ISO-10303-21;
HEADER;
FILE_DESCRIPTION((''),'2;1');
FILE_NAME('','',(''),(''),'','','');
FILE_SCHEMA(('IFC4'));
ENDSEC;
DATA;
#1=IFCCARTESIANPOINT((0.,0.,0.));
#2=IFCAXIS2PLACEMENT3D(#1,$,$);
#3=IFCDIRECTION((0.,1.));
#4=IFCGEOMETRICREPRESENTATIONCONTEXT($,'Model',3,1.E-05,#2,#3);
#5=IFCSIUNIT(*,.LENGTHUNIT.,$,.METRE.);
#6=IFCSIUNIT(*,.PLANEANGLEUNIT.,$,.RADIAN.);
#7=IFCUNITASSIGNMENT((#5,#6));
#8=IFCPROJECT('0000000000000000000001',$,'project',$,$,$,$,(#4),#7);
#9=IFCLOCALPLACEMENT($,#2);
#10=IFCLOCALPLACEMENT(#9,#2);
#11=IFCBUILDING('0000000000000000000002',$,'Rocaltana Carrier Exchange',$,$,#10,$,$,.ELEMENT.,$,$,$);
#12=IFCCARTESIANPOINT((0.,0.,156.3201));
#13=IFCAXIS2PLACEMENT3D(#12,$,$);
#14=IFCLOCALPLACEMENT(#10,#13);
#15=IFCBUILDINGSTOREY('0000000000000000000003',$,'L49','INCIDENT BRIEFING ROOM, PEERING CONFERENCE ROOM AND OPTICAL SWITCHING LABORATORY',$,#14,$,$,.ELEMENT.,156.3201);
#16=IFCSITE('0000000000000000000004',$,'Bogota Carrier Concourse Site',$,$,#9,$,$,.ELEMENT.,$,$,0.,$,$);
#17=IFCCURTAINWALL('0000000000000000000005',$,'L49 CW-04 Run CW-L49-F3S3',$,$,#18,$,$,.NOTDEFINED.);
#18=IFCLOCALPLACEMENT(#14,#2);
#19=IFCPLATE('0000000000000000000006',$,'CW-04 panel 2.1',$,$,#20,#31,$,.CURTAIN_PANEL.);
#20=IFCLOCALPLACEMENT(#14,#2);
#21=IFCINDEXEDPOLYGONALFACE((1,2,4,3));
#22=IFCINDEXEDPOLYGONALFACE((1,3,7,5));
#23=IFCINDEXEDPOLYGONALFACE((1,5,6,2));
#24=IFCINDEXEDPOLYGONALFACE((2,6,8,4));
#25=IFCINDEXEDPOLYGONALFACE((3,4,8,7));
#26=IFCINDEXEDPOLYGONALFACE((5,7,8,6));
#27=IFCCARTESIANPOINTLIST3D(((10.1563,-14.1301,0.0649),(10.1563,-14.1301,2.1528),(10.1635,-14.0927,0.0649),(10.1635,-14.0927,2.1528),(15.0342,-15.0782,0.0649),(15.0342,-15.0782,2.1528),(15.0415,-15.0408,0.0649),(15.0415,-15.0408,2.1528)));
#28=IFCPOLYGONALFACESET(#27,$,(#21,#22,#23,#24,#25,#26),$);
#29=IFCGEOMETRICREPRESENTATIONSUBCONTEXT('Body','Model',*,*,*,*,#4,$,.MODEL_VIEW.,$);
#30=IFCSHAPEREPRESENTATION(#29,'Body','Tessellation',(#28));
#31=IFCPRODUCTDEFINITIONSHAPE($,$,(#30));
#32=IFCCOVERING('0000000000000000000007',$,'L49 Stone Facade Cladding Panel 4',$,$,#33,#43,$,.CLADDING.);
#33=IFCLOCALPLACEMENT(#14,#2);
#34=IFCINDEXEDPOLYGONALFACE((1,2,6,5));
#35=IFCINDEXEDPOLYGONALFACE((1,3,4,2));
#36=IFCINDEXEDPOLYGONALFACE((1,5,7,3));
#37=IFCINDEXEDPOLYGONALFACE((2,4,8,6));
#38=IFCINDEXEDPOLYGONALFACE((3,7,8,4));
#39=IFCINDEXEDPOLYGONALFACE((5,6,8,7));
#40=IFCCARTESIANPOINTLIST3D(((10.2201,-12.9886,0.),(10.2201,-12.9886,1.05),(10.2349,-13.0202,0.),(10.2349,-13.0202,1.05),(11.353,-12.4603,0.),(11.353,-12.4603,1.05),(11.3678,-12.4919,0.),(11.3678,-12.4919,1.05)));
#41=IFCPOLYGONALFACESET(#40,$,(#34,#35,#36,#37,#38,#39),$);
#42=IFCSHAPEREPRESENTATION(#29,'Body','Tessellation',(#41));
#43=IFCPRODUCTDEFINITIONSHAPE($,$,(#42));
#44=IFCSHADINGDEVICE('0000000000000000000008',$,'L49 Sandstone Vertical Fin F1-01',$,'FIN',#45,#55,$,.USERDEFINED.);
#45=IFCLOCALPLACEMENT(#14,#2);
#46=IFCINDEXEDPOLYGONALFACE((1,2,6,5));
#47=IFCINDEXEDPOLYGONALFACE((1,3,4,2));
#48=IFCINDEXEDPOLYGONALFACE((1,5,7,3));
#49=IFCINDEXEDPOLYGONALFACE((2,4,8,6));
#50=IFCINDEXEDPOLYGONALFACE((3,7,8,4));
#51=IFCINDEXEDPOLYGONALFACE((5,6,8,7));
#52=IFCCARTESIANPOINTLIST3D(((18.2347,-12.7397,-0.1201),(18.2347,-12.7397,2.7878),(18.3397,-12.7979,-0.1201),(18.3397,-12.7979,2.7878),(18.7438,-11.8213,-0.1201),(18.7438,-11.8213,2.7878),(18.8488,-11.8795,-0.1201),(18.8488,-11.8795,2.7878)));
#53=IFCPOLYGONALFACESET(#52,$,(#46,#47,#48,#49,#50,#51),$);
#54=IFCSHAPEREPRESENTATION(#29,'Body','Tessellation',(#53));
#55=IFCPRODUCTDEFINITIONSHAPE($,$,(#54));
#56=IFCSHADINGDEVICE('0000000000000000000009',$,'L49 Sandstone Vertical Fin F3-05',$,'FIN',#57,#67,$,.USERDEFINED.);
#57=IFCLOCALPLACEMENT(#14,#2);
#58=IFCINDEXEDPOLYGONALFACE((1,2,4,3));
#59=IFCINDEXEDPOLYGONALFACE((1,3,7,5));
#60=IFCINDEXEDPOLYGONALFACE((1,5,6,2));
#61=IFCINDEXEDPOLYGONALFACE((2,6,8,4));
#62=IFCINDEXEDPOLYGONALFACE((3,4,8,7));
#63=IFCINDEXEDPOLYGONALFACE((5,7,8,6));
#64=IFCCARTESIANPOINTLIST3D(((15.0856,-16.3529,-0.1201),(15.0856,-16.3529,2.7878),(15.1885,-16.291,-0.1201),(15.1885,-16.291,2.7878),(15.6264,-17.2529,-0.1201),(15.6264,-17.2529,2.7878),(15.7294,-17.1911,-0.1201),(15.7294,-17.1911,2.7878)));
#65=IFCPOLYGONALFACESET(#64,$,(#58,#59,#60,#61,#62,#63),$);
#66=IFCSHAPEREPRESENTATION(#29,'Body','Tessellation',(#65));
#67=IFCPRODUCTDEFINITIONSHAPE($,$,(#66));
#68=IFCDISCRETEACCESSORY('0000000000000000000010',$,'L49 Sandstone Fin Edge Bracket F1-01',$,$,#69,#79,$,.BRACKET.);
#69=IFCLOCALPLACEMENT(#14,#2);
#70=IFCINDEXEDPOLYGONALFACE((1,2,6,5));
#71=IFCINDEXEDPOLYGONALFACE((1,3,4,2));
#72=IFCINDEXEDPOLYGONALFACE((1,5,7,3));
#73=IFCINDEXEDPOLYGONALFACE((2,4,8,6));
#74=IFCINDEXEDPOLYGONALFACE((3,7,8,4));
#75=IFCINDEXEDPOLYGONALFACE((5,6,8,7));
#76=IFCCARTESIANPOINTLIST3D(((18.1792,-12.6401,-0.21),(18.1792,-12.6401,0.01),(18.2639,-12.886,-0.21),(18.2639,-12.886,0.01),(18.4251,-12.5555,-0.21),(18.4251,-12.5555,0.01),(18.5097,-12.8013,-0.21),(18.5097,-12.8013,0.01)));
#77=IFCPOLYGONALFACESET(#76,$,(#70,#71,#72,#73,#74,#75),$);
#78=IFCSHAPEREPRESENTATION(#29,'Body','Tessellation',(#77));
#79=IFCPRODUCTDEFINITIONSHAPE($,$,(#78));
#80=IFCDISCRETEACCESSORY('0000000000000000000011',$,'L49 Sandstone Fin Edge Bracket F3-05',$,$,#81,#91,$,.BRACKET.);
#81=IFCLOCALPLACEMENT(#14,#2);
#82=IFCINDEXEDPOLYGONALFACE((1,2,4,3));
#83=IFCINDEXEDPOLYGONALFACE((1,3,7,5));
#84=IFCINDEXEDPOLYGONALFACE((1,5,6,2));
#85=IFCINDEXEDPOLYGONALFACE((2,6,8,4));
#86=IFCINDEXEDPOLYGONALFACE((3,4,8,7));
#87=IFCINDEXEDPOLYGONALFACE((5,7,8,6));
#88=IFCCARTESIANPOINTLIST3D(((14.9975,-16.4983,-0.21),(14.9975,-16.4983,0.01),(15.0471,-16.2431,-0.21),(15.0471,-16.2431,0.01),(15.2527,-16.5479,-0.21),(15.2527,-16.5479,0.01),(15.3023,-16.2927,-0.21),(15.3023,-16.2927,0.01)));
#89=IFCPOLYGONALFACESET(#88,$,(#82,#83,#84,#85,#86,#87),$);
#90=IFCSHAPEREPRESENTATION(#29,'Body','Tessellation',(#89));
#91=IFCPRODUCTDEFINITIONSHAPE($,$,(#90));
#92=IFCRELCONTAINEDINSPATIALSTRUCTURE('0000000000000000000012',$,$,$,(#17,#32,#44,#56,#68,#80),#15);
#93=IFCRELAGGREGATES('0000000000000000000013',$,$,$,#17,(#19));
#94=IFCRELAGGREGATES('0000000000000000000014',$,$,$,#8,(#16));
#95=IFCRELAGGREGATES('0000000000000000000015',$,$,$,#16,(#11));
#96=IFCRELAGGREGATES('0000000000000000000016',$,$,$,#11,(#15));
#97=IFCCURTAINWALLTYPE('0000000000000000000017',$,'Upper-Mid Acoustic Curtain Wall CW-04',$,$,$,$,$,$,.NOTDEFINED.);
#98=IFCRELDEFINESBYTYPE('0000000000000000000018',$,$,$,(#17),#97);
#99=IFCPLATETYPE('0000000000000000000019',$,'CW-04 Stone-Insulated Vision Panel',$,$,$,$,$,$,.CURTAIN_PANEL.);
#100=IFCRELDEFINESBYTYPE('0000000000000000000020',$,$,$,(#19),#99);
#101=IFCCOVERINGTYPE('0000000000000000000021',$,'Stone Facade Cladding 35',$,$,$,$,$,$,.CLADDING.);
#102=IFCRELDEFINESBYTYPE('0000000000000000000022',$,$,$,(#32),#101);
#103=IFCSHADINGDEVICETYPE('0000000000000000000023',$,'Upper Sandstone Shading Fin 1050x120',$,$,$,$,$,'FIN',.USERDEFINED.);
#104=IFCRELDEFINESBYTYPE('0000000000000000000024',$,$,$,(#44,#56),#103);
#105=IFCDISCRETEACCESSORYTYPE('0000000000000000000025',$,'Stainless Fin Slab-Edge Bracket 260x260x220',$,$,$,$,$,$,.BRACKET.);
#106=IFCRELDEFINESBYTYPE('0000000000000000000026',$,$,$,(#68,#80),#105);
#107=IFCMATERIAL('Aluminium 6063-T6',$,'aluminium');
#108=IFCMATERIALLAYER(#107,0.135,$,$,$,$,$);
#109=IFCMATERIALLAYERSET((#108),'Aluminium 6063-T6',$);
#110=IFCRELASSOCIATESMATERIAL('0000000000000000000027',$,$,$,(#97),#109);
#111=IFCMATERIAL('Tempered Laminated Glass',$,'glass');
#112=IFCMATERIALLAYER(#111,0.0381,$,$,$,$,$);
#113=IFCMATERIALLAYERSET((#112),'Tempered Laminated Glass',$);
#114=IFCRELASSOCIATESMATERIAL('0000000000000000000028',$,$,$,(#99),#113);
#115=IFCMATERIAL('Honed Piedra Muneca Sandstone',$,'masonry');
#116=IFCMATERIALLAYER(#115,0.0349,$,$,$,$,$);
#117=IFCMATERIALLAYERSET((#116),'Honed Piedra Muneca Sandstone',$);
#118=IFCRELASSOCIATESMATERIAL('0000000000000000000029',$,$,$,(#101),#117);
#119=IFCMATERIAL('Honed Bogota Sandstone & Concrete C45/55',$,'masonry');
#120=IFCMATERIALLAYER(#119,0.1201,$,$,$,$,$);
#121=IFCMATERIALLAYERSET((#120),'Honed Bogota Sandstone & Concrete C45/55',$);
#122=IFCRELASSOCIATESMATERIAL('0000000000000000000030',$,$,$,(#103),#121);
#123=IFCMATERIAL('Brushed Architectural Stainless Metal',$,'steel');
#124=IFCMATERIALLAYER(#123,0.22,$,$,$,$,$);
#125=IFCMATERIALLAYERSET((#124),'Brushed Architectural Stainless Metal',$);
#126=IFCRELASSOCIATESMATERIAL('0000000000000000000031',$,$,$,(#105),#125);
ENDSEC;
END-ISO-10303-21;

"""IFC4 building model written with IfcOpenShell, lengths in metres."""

from ifc_helpers import new_model, si_unit, direction, frame, origin, origin_2d, place, context, subcontext, project, spatial, rectangle, extrude, material, layer, layer_set, type_object, element, aggregate, save


model = new_model("IFC4")

# Units and contexts
model_context = context("Model", 3, precision=1e-05, world=origin(), true_north=direction((0.0, 1.0)))
body_context = subcontext(model_context, "Body", "Model", "MODEL_VIEW")
ifc_project = project(units=[si_unit("LENGTHUNIT", "METRE"), si_unit("PLANEANGLEUNIT", "RADIAN")], contexts=[model_context])

# Site, building, storey
site_placement = place(None, origin())
site = spatial("IfcSite", under=ifc_project, at=site_placement, Name="Bogota Carrier Concourse Site", CompositionType="ELEMENT", RefElevation=0.0)
building_placement = place(site_placement, origin())
building = spatial("IfcBuilding", under=site, at=building_placement, Name="Rocaltana Carrier Exchange", CompositionType="ELEMENT")
storey_placement = place(building_placement, frame((0.0, 0.0, 156.3201)))
storey = spatial("IfcBuildingStorey", under=building, at=storey_placement, Name="L49", Description="INCIDENT BRIEFING ROOM, PEERING CONFERENCE ROOM AND OPTICAL SWITCHING LABORATORY", CompositionType="ELEMENT", Elevation=156.3201)

# Curtain wall
ifc_material_1 = material(Name="Aluminium 6063-T6", Category="aluminium")
ifc_layer_1 = layer(ifc_material_1, 0.135)
ifc_layer_set_1 = layer_set([ifc_layer_1], Name="Aluminium 6063-T6")
curtain_wall_type = type_object("IfcCurtainWallType", Name="Upper-Mid Acoustic Curtain Wall CW-04", PredefinedType="NOTDEFINED", material=ifc_layer_set_1)
curtain_wall_1_placement = place(storey_placement, origin())
curtain_wall_1 = element("IfcCurtainWall", 1, at=curtain_wall_1_placement, inside=storey, type_object=curtain_wall_type, Name="L49 CW-04 Run CW-L49-F3S3", PredefinedType="NOTDEFINED")

# Plate
ifc_material_2 = material(Name="Tempered Laminated Glass", Category="glass")
ifc_layer_2 = layer(ifc_material_2, 0.0381)
ifc_layer_set_2 = layer_set([ifc_layer_2], Name="Tempered Laminated Glass")
plate_type = type_object("IfcPlateType", Name="CW-04 Stone-Insulated Vision Panel", PredefinedType="CURTAIN_PANEL", material=ifc_layer_set_2)
plate_placement = place(storey_placement, frame((12.5989, -14.5854, 0.0649), z_axis=(0.0, 0.0, 1.0), x_axis=(0.981628, -0.190805, 0.0)))
plate = element("IfcPlate", 2, at=plate_placement, type_object=plate_type, Name="CW-04 panel 2.1", PredefinedType="CURTAIN_PANEL", context=body_context, shape_type="SweptSolid", body=[
    extrude(rectangle(XDim=4.9692, YDim=0.0381, at=origin_2d()), origin(), (0.0, 0.0, 1.0), 2.0879),
])
aggregate(curtain_wall_1, [plate])

# Covering
ifc_material_3 = material(Name="Honed Piedra Muneca Sandstone", Category="masonry")
ifc_layer_3 = layer(ifc_material_3, 0.0349)
ifc_layer_set_3 = layer_set([ifc_layer_3], Name="Honed Piedra Muneca Sandstone")
covering_type = type_object("IfcCoveringType", Name="Stone Facade Cladding 35", PredefinedType="CLADDING", material=ifc_layer_set_3)
covering_placement = place(storey_placement, frame((10.7939, -12.7402, 0.0), z_axis=(0.0, 0.0, 1.0), x_axis=(0.906308, 0.422618, 0.0)))
element("IfcCovering", 3, at=covering_placement, inside=storey, type_object=covering_type, Name="L49 Stone Facade Cladding Panel 4", PredefinedType="CLADDING", context=body_context, shape_type="SweptSolid", body=[
    extrude(rectangle(XDim=1.25, YDim=0.0349, at=origin_2d()), origin(), (0.0, 0.0, 1.0), 1.05),
])

# Shading devices
ifc_material_4 = material(Name="Honed Bogota Sandstone & Concrete C45/55", Category="masonry")
ifc_layer_4 = layer(ifc_material_4, 0.1201)
ifc_layer_set_4 = layer_set([ifc_layer_4], Name="Honed Bogota Sandstone & Concrete C45/55")
shading_device_type = type_object("IfcShadingDeviceType", Name="Upper Sandstone Shading Fin 1050x120", ElementType="FIN", PredefinedType="USERDEFINED", material=ifc_layer_set_4)
for number, where, z_axis, x_axis, name in (
    (4, (18.5417, -12.3096, -0.1201), (0.0, 0.0, 1.0), (0.48481, 0.87462, 0.0), "L49 Sandstone Vertical Fin F1-01"),
    (5, (15.4075, -16.772, -0.1201), (0.0, 0.0, 1.0), (0.515038, -0.857167, 0.0), "L49 Sandstone Vertical Fin F3-05"),
):
    element("IfcShadingDevice", number, at=place(storey_placement, frame(where, z_axis=z_axis, x_axis=x_axis)), inside=storey, type_object=shading_device_type, Name=name, ObjectType="FIN", PredefinedType="USERDEFINED", context=body_context, shape_type="SweptSolid", body=[
        extrude(rectangle(XDim=1.05, YDim=0.1201, at=origin_2d()), origin(), (0.0, 0.0, 1.0), 2.908),
    ])

# Discrete accessories
ifc_material_5 = material(Name="Brushed Architectural Stainless Metal", Category="steel")
ifc_layer_5 = layer(ifc_material_5, 0.22)
ifc_layer_set_5 = layer_set([ifc_layer_5], Name="Brushed Architectural Stainless Metal")
discrete_accessory_type = type_object("IfcDiscreteAccessoryType", Name="Stainless Fin Slab-Edge Bracket 260x260x220", PredefinedType="BRACKET", material=ifc_layer_set_5)
for number, where, z_axis, x_axis, name in (
    (6, (18.3445, -12.7207, -0.21), (0.0, 0.0, 1.0), (-0.325568, 0.945519, 0.0), "L49 Sandstone Fin Edge Bracket F1-01"),
    (7, (15.1499, -16.3955, -0.21), (0.0, 0.0, 1.0), (0.981627, -0.190809, 0.0), "L49 Sandstone Fin Edge Bracket F3-05"),
):
    element("IfcDiscreteAccessory", number, at=place(storey_placement, frame(where, z_axis=z_axis, x_axis=x_axis)), inside=storey, type_object=discrete_accessory_type, Name=name, PredefinedType="BRACKET", context=body_context, shape_type="SweptSolid", body=[
        extrude(rectangle(XDim=0.26, YDim=0.26, at=origin_2d()), origin(), (0.0, 0.0, 1.0), 0.22),
    ])

save(model, "model.ifc")
